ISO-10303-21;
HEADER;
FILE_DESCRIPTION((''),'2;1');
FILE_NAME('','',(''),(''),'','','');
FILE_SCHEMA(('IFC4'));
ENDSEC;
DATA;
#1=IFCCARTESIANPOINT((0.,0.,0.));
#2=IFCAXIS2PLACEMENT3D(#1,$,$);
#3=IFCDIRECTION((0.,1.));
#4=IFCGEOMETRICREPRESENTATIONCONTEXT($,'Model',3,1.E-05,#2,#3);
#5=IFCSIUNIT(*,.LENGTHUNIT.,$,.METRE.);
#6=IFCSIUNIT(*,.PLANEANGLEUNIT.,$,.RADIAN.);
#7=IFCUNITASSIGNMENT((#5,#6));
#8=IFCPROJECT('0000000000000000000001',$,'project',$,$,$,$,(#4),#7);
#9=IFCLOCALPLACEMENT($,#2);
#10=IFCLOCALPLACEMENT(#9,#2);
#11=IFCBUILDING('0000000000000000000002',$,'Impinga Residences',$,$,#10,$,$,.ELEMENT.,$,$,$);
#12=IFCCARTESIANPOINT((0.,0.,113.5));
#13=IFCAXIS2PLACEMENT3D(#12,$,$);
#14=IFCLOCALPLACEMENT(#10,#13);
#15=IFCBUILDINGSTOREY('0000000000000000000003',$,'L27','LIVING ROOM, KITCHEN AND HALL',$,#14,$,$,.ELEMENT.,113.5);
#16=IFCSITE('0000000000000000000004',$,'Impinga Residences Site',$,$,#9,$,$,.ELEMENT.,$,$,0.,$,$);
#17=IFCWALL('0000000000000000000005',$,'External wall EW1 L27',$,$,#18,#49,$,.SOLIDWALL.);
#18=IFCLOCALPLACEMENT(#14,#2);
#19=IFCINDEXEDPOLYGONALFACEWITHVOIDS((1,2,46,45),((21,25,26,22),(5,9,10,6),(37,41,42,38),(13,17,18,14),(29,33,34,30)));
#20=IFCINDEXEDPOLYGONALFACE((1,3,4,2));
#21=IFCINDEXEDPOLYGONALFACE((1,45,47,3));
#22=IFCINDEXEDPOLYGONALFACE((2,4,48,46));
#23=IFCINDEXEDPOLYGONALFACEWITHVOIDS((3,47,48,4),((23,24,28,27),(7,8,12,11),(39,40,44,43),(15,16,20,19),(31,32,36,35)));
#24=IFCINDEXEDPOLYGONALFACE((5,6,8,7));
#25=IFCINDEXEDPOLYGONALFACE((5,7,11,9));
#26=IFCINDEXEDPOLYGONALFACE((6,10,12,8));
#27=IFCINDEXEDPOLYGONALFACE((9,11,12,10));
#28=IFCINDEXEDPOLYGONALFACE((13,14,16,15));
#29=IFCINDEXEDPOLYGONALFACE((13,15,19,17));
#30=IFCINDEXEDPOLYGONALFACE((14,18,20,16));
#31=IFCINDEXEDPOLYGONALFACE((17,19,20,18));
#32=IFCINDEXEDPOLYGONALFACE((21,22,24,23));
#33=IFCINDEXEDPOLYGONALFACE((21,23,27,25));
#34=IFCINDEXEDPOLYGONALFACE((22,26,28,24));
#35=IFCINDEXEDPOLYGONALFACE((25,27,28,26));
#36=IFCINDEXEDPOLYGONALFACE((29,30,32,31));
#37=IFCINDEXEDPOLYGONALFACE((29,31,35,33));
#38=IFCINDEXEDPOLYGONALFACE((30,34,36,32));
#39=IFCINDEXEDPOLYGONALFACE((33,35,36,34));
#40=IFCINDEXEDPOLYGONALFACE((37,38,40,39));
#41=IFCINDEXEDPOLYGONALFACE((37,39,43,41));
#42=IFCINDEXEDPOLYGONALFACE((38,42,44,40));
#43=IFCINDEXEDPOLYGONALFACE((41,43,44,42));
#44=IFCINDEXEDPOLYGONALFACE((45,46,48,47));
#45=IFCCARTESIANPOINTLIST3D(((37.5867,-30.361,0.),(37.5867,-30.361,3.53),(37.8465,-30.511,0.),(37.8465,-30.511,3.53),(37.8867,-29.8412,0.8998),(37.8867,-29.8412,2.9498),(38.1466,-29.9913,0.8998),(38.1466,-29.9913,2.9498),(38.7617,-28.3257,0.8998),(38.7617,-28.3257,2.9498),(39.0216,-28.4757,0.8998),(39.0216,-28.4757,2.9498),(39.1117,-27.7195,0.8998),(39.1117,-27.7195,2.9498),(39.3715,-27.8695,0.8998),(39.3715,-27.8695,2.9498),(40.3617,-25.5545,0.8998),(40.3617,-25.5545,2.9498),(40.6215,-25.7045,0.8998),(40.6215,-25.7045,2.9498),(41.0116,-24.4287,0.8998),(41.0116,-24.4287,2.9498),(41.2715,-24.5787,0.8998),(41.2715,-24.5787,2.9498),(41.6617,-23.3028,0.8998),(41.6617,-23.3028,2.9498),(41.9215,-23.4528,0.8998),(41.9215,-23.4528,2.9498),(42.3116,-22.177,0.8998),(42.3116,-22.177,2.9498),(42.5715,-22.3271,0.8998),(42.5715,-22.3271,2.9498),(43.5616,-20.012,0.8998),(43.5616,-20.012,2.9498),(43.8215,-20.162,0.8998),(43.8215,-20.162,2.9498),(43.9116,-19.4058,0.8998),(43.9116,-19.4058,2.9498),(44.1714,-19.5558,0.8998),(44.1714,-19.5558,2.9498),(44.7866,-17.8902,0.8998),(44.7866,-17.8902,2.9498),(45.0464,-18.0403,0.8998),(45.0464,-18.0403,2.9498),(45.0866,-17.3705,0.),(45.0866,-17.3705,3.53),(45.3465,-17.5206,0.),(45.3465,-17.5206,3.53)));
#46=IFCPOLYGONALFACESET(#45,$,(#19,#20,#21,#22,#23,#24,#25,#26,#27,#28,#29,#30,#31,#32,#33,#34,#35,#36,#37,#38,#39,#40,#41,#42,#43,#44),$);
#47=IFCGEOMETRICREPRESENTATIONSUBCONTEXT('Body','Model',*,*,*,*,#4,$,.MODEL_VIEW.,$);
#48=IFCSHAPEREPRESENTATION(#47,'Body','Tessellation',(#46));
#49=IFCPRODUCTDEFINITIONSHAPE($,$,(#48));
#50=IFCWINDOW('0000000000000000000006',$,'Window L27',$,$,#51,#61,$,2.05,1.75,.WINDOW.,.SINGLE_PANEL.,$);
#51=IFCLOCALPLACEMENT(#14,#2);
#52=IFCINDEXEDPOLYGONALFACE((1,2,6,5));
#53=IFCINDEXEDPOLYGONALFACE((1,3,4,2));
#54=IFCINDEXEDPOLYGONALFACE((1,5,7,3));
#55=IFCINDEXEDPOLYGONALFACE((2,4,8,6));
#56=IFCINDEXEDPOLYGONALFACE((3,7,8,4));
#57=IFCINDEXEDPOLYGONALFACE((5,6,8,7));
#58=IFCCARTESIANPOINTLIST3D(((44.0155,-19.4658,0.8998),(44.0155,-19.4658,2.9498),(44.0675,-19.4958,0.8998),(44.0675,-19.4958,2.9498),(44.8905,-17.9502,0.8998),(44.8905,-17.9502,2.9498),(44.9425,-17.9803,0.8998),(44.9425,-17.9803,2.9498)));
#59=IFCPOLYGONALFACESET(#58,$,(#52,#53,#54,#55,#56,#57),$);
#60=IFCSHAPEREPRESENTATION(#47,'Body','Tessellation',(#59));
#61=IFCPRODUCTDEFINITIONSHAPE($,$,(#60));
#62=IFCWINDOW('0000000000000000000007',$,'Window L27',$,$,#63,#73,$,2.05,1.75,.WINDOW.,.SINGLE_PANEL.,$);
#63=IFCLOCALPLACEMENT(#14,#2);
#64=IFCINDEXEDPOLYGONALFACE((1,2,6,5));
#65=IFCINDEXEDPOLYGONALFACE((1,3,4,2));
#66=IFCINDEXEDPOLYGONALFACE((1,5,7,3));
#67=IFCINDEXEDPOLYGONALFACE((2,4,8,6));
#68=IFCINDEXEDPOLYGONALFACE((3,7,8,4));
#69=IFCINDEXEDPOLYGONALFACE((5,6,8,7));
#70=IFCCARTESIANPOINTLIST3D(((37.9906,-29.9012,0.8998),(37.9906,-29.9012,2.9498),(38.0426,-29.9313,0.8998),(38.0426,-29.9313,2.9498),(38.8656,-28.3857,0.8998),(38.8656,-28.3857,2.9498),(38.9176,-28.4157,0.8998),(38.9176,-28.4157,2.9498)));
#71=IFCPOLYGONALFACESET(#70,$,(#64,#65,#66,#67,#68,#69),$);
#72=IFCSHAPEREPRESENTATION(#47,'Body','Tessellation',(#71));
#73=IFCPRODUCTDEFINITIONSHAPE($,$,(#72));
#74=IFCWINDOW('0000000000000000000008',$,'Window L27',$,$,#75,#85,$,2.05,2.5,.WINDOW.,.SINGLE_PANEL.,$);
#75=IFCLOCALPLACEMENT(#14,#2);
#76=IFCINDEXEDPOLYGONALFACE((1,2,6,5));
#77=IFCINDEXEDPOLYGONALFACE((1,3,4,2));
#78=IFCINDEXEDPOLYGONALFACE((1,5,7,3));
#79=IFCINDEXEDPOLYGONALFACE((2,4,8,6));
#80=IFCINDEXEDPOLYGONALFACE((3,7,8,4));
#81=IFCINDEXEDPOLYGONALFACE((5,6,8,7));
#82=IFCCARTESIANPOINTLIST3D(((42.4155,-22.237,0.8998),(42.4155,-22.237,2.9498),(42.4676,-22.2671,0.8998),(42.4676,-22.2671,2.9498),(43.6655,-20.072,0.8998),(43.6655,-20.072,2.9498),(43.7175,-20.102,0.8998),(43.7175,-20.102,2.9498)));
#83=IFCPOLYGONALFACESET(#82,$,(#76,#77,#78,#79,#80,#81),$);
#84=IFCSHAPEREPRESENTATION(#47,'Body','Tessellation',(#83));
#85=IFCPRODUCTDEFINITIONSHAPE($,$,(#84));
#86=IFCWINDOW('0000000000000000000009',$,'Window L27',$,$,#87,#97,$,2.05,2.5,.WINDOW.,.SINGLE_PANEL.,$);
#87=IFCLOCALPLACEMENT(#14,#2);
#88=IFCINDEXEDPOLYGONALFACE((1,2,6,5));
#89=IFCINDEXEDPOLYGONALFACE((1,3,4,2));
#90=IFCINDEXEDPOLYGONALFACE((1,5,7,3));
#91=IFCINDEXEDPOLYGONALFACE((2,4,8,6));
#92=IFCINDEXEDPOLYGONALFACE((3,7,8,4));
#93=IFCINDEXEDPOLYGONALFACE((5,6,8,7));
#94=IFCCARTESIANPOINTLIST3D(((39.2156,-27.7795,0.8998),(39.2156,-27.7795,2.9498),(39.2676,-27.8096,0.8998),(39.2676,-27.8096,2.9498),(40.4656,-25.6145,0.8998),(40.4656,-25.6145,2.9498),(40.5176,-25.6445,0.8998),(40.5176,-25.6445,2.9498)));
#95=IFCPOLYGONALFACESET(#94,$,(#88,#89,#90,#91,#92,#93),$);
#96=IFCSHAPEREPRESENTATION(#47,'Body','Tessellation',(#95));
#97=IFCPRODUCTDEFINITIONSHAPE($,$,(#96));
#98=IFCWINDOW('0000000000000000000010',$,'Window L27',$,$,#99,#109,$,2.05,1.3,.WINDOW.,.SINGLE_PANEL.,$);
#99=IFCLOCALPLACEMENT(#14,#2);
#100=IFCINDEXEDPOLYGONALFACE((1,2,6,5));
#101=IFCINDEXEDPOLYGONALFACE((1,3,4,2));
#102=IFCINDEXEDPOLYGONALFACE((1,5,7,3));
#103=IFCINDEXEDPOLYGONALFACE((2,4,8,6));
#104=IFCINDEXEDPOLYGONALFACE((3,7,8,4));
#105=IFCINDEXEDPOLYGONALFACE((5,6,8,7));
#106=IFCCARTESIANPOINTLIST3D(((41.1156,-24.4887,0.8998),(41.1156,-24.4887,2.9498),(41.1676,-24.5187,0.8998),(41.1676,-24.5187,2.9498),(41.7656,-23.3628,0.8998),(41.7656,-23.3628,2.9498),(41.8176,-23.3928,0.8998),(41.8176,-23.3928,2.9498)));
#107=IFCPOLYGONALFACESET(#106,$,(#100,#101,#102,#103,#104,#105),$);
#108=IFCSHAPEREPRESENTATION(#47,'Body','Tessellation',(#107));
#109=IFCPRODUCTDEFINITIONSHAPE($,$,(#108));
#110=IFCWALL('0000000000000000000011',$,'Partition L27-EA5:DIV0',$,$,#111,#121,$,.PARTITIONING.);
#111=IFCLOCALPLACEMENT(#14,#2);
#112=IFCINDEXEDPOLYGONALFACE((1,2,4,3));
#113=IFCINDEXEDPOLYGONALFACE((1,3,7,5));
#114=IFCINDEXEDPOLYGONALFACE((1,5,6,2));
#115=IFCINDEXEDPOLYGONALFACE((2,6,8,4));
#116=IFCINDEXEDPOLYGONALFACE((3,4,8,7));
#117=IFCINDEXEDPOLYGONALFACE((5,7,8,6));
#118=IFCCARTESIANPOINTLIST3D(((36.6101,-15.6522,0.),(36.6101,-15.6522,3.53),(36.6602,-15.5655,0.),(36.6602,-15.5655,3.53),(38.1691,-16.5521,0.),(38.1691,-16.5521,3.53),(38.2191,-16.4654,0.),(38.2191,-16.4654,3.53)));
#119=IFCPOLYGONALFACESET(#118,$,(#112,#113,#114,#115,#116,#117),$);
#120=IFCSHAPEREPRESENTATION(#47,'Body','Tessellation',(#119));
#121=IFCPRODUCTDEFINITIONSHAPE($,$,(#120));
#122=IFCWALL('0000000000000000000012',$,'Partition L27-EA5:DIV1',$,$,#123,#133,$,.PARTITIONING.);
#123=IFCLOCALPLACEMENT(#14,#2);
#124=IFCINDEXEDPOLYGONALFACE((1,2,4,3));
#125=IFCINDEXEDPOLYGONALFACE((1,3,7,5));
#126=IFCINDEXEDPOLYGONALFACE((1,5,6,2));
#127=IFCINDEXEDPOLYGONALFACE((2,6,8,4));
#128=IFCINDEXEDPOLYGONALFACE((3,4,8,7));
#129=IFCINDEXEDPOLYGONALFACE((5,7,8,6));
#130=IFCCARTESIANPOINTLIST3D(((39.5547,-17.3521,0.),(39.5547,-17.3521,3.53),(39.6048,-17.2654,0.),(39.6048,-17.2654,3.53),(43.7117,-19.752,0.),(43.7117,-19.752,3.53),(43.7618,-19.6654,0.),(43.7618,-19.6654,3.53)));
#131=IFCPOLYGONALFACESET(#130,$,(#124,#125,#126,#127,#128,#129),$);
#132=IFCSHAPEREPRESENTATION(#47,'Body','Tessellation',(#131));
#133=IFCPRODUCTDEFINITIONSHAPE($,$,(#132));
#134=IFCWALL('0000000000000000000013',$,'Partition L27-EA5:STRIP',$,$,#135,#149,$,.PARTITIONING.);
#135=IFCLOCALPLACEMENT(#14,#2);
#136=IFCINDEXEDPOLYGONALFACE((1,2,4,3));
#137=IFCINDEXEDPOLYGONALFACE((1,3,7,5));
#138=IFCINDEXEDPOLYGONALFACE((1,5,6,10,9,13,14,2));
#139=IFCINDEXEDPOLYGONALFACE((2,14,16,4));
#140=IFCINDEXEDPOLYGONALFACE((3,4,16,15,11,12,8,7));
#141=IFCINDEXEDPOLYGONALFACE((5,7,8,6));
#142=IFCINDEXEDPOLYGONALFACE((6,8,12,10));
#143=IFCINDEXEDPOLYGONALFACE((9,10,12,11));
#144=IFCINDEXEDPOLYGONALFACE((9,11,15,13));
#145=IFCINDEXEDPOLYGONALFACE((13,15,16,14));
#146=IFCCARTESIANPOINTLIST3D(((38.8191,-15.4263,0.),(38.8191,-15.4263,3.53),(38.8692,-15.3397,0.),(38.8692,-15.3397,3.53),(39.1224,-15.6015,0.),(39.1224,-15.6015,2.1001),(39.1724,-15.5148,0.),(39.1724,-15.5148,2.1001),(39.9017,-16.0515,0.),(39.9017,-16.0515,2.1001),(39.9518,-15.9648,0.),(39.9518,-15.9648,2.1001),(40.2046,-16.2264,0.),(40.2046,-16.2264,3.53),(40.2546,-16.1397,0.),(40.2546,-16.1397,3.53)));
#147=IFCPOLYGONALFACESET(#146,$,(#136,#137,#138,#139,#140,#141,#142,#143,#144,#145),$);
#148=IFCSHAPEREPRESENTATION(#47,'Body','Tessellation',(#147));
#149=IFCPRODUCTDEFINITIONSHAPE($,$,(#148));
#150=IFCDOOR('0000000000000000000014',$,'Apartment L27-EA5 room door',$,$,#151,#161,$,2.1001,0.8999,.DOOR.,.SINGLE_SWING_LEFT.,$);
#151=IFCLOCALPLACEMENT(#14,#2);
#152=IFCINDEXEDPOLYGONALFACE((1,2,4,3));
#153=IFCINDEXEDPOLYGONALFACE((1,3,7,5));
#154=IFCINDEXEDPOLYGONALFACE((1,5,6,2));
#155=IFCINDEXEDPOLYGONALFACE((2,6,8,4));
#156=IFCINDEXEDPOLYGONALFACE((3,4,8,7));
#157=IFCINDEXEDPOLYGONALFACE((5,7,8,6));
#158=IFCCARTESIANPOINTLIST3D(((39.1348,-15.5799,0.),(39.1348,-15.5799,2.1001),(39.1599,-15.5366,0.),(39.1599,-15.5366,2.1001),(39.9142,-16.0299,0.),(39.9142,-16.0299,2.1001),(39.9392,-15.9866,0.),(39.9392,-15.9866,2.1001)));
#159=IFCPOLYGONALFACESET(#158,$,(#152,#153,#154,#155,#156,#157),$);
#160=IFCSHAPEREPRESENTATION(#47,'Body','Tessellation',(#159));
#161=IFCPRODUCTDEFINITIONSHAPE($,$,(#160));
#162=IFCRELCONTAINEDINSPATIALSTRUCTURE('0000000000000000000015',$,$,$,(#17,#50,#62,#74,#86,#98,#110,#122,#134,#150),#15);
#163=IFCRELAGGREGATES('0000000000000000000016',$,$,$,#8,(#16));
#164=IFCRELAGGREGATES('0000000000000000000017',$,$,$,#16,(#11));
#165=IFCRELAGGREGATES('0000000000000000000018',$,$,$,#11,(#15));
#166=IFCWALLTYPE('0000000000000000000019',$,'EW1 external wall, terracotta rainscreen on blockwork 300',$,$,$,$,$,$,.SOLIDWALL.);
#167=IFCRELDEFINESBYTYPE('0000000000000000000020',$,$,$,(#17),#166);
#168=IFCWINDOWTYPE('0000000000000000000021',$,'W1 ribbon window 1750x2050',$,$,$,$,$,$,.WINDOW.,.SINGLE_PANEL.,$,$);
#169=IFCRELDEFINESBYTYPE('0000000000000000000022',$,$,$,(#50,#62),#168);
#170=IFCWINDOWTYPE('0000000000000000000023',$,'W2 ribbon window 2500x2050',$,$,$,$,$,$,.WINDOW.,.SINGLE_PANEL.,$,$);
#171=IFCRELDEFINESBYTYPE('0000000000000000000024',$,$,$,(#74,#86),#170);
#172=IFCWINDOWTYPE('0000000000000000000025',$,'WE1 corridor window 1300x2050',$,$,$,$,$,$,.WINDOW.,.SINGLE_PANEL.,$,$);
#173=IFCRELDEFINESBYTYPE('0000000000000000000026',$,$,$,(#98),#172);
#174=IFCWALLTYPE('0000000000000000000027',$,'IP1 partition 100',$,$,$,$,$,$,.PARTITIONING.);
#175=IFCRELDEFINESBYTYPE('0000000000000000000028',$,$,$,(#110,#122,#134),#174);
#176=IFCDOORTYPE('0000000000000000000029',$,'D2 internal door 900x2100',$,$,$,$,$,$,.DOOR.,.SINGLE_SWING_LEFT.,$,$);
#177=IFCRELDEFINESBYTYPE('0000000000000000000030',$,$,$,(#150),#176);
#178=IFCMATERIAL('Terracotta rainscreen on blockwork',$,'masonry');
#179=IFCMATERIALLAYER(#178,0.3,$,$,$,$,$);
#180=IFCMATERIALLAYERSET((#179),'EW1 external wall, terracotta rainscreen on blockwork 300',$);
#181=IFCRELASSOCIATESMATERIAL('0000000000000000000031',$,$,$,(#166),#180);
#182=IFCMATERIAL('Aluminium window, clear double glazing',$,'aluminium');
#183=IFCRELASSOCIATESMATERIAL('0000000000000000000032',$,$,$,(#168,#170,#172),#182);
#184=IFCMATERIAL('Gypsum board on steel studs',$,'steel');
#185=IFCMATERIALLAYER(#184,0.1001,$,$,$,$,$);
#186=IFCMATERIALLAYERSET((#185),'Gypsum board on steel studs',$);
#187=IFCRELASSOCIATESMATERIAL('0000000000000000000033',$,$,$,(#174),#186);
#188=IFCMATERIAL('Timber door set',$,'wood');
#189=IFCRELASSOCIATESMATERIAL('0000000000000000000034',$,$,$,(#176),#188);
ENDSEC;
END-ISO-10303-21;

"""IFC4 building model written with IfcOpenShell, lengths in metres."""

from ifc_helpers import new_model, si_unit, direction, frame, frame_2d, origin, place, context, subcontext, project, spatial, rectangle, extrude, material, layer, layer_set, type_object, element, fill, save


model = new_model("IFC4")

# Units and contexts
model_context = context("Model", 3, precision=1e-05, world=origin(), true_north=direction((0.0, 1.0)))
body_context = subcontext(model_context, "Body", "Model", "MODEL_VIEW")
ifc_project = project(units=[si_unit("LENGTHUNIT", "METRE"), si_unit("PLANEANGLEUNIT", "RADIAN")], contexts=[model_context])

# Site, building, storey
site_placement = place(None, origin())
site = spatial("IfcSite", under=ifc_project, at=site_placement, Name="Impinga Residences Site", CompositionType="ELEMENT", RefElevation=0.0)
building_placement = place(site_placement, origin())
building = spatial("IfcBuilding", under=site, at=building_placement, Name="Impinga Residences", CompositionType="ELEMENT")
storey_placement = place(building_placement, frame((0.0, 0.0, 113.5)))
storey = spatial("IfcBuildingStorey", under=building, at=storey_placement, Name="L27", Description="LIVING ROOM, KITCHEN AND HALL", CompositionType="ELEMENT", Elevation=113.5)

# Shared definitions
ifc_material_1 = material(Name="Terracotta rainscreen on blockwork", Category="masonry")
ifc_layer_1 = layer(ifc_material_1, 0.3)
ifc_layer_set_1 = layer_set([ifc_layer_1], Name="EW1 external wall, terracotta rainscreen on blockwork 300")
wall_type_1 = type_object("IfcWallType", Name="EW1 external wall, terracotta rainscreen on blockwork 300", PredefinedType="SOLIDWALL", material=ifc_layer_set_1)

# Wall, openings, windows
wall_1_placement = place(storey_placement, frame((45.2166, -17.4456, 0.0), z_axis=(0.0, 0.0, 1.0), x_axis=(-0.499997, -0.866027, 0.0)))
wall_1 = element("IfcWall", 1, at=wall_1_placement, inside=storey, type_object=wall_type_1, Name="External wall EW1 L27", PredefinedType="SOLIDWALL", context=body_context, shape_type="SweptSolid", body=[
    extrude(rectangle(XDim=15.0, YDim=0.3, at=frame_2d((7.5, 0.0))), origin(), (0.0, 0.0, 1.0), 3.53),
])
opening_1_placement = place(wall_1_placement, frame((0.6001, 0.0, 0.8999)))
opening_1 = element("IfcOpeningElement", 2, at=opening_1_placement, cuts=wall_1, PredefinedType="OPENING", context=body_context, shape_type="SweptSolid", body=[
    extrude(rectangle(XDim=1.75, YDim=2.05, at=frame_2d((0.875, 1.0249))), frame((0.0, 0.1599, 0.0), z_axis=(0.0, -1.0, 0.0), x_axis=(1.0, 0.0, 0.0)), (0.0, 0.0, 1.0), 0.3201),
])
opening_2_placement = place(wall_1_placement, frame((3.05, 0.0, 0.8999)))
opening_2 = element("IfcOpeningElement", 3, at=opening_2_placement, cuts=wall_1, PredefinedType="OPENING", context=body_context, shape_type="SweptSolid", body=[
    extrude(rectangle(XDim=2.5, YDim=2.05, at=frame_2d((1.25, 1.0249))), frame((0.0, 0.1599, 0.0), z_axis=(0.0, -1.0, 0.0), x_axis=(1.0, 0.0, 0.0)), (0.0, 0.0, 1.0), 0.3201),
])
opening_3_placement = place(wall_1_placement, frame((6.8501, 0.0, 0.8999)))
opening_3 = element("IfcOpeningElement", 4, at=opening_3_placement, cuts=wall_1, PredefinedType="OPENING", context=body_context, shape_type="SweptSolid", body=[
    extrude(rectangle(XDim=1.3, YDim=2.05, at=frame_2d((0.6499, 1.0249))), frame((0.0, 0.1599, 0.0), z_axis=(0.0, -1.0, 0.0), x_axis=(1.0, 0.0, 0.0)), (0.0, 0.0, 1.0), 0.3201),
])
opening_4_placement = place(wall_1_placement, frame((9.45, 0.0, 0.8999)))
opening_4 = element("IfcOpeningElement", 5, at=opening_4_placement, cuts=wall_1, PredefinedType="OPENING", context=body_context, shape_type="SweptSolid", body=[
    extrude(rectangle(XDim=2.5, YDim=2.05, at=frame_2d((1.25, 1.0249))), frame((0.0, 0.1599, 0.0), z_axis=(0.0, -1.0, 0.0), x_axis=(1.0, 0.0, 0.0)), (0.0, 0.0, 1.0), 0.3201),
])
opening_5_placement = place(wall_1_placement, frame((12.6499, 0.0, 0.8999)))
opening_5 = element("IfcOpeningElement", 6, at=opening_5_placement, cuts=wall_1, PredefinedType="OPENING", context=body_context, shape_type="SweptSolid", body=[
    extrude(rectangle(XDim=1.75, YDim=2.05, at=frame_2d((0.875, 1.0249))), frame((0.0, 0.1599, 0.0), z_axis=(0.0, -1.0, 0.0), x_axis=(1.0, 0.0, 0.0)), (0.0, 0.0, 1.0), 0.3201),
])
ifc_material_2 = material(Name="Aluminium window, clear double glazing", Category="aluminium")
window_type_1 = type_object("IfcWindowType", Name="W1 ribbon window 1750x2050", PartitioningType="SINGLE_PANEL", PredefinedType="WINDOW", material=ifc_material_2)
window_1_placement = place(opening_1_placement, origin())
window_1 = element("IfcWindow", 7, at=window_1_placement, inside=storey, type_object=window_type_1, Name="Window L27", OverallHeight=2.05, OverallWidth=1.75, PartitioningType="SINGLE_PANEL", PredefinedType="WINDOW", context=body_context, shape_type="SweptSolid", body=[
    extrude(rectangle(XDim=1.75, YDim=2.05, at=frame_2d((0.875, 1.0249))), frame((0.0, 0.03, 0.0), z_axis=(0.0, -1.0, 0.0), x_axis=(1.0, 0.0, 0.0)), (0.0, 0.0, 1.0), 0.0601),
])
fill(opening_1, window_1)
window_2_placement = place(opening_5_placement, origin())
window_2 = element("IfcWindow", 8, at=window_2_placement, inside=storey, type_object=window_type_1, Name="Window L27", OverallHeight=2.05, OverallWidth=1.75, PartitioningType="SINGLE_PANEL", PredefinedType="WINDOW", context=body_context, shape_type="SweptSolid", body=[
    extrude(rectangle(XDim=1.75, YDim=2.05, at=frame_2d((0.875, 1.0249))), frame((0.0, 0.03, 0.0), z_axis=(0.0, -1.0, 0.0), x_axis=(1.0, 0.0, 0.0)), (0.0, 0.0, 1.0), 0.0601),
])
fill(opening_5, window_2)
window_type_2 = type_object("IfcWindowType", Name="W2 ribbon window 2500x2050", PartitioningType="SINGLE_PANEL", PredefinedType="WINDOW", material=ifc_material_2)
window_3_placement = place(opening_2_placement, origin())
window_3 = element("IfcWindow", 9, at=window_3_placement, inside=storey, type_object=window_type_2, Name="Window L27", OverallHeight=2.05, OverallWidth=2.5, PartitioningType="SINGLE_PANEL", PredefinedType="WINDOW", context=body_context, shape_type="SweptSolid", body=[
    extrude(rectangle(XDim=2.5, YDim=2.05, at=frame_2d((1.25, 1.0249))), frame((0.0, 0.03, 0.0), z_axis=(0.0, -1.0, 0.0), x_axis=(1.0, 0.0, 0.0)), (0.0, 0.0, 1.0), 0.0601),
])
fill(opening_2, window_3)
window_4_placement = place(opening_4_placement, origin())
window_4 = element("IfcWindow", 10, at=window_4_placement, inside=storey, type_object=window_type_2, Name="Window L27", OverallHeight=2.05, OverallWidth=2.5, PartitioningType="SINGLE_PANEL", PredefinedType="WINDOW", context=body_context, shape_type="SweptSolid", body=[
    extrude(rectangle(XDim=2.5, YDim=2.05, at=frame_2d((1.25, 1.0249))), frame((0.0, 0.03, 0.0), z_axis=(0.0, -1.0, 0.0), x_axis=(1.0, 0.0, 0.0)), (0.0, 0.0, 1.0), 0.0601),
])
fill(opening_4, window_4)
window_type_3 = type_object("IfcWindowType", Name="WE1 corridor window 1300x2050", PartitioningType="SINGLE_PANEL", PredefinedType="WINDOW", material=ifc_material_2)
window_5_placement = place(opening_3_placement, origin())
window_5 = element("IfcWindow", 11, at=window_5_placement, inside=storey, type_object=window_type_3, Name="Window L27", OverallHeight=2.05, OverallWidth=1.3, PartitioningType="SINGLE_PANEL", PredefinedType="WINDOW", context=body_context, shape_type="SweptSolid", body=[
    extrude(rectangle(XDim=1.3, YDim=2.05, at=frame_2d((0.6499, 1.0249))), frame((0.0, 0.03, 0.0), z_axis=(0.0, -1.0, 0.0), x_axis=(1.0, 0.0, 0.0)), (0.0, 0.0, 1.0), 0.0601),
])
fill(opening_3, window_5)

# Walls
ifc_material_3 = material(Name="Gypsum board on steel studs", Category="steel")
ifc_layer_2 = layer(ifc_material_3, 0.1001)
ifc_layer_set_2 = layer_set([ifc_layer_2], Name="Gypsum board on steel studs")
wall_type_2 = type_object("IfcWallType", Name="IP1 partition 100", PredefinedType="PARTITIONING", material=ifc_layer_set_2)
wall_2_placement = place(storey_placement, frame((36.6353, -15.6089, 0.0), z_axis=(0.0, 0.0, 1.0), x_axis=(0.866048, -0.499961, 0.0)))
element("IfcWall", 12, at=wall_2_placement, inside=storey, type_object=wall_type_2, Name="Partition L27-EA5:DIV0", PredefinedType="PARTITIONING", context=body_context, shape_type="SweptSolid", body=[
    extrude(rectangle(XDim=1.8, YDim=0.1001, at=frame_2d((0.8999, 0.0))), origin(), (0.0, 0.0, 1.0), 3.53),
])
wall_3_placement = place(storey_placement, frame((39.5798, -17.3088, 0.0), z_axis=(0.0, 0.0, 1.0), x_axis=(0.866037, -0.499979, 0.0)))
element("IfcWall", 13, at=wall_3_placement, inside=storey, type_object=wall_type_2, Name="Partition L27-EA5:DIV1", PredefinedType="PARTITIONING", context=body_context, shape_type="SweptSolid", body=[
    extrude(rectangle(XDim=4.8, YDim=0.1001, at=frame_2d((2.3999, 0.0))), origin(), (0.0, 0.0, 1.0), 3.53),
])

# Wall, opening, door
wall_4_placement = place(storey_placement, frame((38.8442, -15.3831, 0.0), z_axis=(0.0, 0.0, 1.0), x_axis=(0.86599, -0.500061, 0.0)))
wall_4 = element("IfcWall", 14, at=wall_4_placement, inside=storey, type_object=wall_type_2, Name="Partition L27-EA5:STRIP", PredefinedType="PARTITIONING", context=body_context, shape_type="SweptSolid", body=[
    extrude(rectangle(XDim=1.5999, YDim=0.1001, at=frame_2d((0.7998, 0.0))), origin(), (0.0, 0.0, 1.0), 3.53),
])
opening_6_placement = place(wall_4_placement, frame((0.3501, 0.0, 0.0)))
opening_6 = element("IfcOpeningElement", 15, at=opening_6_placement, cuts=wall_4, PredefinedType="OPENING", context=body_context, shape_type="SweptSolid", body=[
    extrude(rectangle(XDim=0.8999, YDim=2.1001, at=frame_2d((0.45, 1.05))), frame((0.0, 0.0601, 0.0), z_axis=(0.0, -1.0, 0.0), x_axis=(1.0, 0.0, 0.0)), (0.0, 0.0, 1.0), 0.1201),
])
ifc_material_4 = material(Name="Timber door set", Category="wood")
door_type = type_object("IfcDoorType", Name="D2 internal door 900x2100", OperationType="SINGLE_SWING_LEFT", PredefinedType="DOOR", material=ifc_material_4)
door_placement = place(opening_6_placement, origin())
door = element("IfcDoor", 16, at=door_placement, inside=storey, type_object=door_type, Name="Apartment L27-EA5 room door", OperationType="SINGLE_SWING_LEFT", OverallHeight=2.1001, OverallWidth=0.8999, PredefinedType="DOOR", context=body_context, shape_type="SweptSolid", body=[
    extrude(rectangle(XDim=0.8999, YDim=2.1001, at=frame_2d((0.45, 1.05))), frame((0.0, 0.0249, 0.0), z_axis=(0.0, -1.0, 0.0), x_axis=(1.0, 0.0, 0.0)), (0.0, 0.0, 1.0), 0.05),
])
fill(opening_6, door)

save(model, "model.ifc")
